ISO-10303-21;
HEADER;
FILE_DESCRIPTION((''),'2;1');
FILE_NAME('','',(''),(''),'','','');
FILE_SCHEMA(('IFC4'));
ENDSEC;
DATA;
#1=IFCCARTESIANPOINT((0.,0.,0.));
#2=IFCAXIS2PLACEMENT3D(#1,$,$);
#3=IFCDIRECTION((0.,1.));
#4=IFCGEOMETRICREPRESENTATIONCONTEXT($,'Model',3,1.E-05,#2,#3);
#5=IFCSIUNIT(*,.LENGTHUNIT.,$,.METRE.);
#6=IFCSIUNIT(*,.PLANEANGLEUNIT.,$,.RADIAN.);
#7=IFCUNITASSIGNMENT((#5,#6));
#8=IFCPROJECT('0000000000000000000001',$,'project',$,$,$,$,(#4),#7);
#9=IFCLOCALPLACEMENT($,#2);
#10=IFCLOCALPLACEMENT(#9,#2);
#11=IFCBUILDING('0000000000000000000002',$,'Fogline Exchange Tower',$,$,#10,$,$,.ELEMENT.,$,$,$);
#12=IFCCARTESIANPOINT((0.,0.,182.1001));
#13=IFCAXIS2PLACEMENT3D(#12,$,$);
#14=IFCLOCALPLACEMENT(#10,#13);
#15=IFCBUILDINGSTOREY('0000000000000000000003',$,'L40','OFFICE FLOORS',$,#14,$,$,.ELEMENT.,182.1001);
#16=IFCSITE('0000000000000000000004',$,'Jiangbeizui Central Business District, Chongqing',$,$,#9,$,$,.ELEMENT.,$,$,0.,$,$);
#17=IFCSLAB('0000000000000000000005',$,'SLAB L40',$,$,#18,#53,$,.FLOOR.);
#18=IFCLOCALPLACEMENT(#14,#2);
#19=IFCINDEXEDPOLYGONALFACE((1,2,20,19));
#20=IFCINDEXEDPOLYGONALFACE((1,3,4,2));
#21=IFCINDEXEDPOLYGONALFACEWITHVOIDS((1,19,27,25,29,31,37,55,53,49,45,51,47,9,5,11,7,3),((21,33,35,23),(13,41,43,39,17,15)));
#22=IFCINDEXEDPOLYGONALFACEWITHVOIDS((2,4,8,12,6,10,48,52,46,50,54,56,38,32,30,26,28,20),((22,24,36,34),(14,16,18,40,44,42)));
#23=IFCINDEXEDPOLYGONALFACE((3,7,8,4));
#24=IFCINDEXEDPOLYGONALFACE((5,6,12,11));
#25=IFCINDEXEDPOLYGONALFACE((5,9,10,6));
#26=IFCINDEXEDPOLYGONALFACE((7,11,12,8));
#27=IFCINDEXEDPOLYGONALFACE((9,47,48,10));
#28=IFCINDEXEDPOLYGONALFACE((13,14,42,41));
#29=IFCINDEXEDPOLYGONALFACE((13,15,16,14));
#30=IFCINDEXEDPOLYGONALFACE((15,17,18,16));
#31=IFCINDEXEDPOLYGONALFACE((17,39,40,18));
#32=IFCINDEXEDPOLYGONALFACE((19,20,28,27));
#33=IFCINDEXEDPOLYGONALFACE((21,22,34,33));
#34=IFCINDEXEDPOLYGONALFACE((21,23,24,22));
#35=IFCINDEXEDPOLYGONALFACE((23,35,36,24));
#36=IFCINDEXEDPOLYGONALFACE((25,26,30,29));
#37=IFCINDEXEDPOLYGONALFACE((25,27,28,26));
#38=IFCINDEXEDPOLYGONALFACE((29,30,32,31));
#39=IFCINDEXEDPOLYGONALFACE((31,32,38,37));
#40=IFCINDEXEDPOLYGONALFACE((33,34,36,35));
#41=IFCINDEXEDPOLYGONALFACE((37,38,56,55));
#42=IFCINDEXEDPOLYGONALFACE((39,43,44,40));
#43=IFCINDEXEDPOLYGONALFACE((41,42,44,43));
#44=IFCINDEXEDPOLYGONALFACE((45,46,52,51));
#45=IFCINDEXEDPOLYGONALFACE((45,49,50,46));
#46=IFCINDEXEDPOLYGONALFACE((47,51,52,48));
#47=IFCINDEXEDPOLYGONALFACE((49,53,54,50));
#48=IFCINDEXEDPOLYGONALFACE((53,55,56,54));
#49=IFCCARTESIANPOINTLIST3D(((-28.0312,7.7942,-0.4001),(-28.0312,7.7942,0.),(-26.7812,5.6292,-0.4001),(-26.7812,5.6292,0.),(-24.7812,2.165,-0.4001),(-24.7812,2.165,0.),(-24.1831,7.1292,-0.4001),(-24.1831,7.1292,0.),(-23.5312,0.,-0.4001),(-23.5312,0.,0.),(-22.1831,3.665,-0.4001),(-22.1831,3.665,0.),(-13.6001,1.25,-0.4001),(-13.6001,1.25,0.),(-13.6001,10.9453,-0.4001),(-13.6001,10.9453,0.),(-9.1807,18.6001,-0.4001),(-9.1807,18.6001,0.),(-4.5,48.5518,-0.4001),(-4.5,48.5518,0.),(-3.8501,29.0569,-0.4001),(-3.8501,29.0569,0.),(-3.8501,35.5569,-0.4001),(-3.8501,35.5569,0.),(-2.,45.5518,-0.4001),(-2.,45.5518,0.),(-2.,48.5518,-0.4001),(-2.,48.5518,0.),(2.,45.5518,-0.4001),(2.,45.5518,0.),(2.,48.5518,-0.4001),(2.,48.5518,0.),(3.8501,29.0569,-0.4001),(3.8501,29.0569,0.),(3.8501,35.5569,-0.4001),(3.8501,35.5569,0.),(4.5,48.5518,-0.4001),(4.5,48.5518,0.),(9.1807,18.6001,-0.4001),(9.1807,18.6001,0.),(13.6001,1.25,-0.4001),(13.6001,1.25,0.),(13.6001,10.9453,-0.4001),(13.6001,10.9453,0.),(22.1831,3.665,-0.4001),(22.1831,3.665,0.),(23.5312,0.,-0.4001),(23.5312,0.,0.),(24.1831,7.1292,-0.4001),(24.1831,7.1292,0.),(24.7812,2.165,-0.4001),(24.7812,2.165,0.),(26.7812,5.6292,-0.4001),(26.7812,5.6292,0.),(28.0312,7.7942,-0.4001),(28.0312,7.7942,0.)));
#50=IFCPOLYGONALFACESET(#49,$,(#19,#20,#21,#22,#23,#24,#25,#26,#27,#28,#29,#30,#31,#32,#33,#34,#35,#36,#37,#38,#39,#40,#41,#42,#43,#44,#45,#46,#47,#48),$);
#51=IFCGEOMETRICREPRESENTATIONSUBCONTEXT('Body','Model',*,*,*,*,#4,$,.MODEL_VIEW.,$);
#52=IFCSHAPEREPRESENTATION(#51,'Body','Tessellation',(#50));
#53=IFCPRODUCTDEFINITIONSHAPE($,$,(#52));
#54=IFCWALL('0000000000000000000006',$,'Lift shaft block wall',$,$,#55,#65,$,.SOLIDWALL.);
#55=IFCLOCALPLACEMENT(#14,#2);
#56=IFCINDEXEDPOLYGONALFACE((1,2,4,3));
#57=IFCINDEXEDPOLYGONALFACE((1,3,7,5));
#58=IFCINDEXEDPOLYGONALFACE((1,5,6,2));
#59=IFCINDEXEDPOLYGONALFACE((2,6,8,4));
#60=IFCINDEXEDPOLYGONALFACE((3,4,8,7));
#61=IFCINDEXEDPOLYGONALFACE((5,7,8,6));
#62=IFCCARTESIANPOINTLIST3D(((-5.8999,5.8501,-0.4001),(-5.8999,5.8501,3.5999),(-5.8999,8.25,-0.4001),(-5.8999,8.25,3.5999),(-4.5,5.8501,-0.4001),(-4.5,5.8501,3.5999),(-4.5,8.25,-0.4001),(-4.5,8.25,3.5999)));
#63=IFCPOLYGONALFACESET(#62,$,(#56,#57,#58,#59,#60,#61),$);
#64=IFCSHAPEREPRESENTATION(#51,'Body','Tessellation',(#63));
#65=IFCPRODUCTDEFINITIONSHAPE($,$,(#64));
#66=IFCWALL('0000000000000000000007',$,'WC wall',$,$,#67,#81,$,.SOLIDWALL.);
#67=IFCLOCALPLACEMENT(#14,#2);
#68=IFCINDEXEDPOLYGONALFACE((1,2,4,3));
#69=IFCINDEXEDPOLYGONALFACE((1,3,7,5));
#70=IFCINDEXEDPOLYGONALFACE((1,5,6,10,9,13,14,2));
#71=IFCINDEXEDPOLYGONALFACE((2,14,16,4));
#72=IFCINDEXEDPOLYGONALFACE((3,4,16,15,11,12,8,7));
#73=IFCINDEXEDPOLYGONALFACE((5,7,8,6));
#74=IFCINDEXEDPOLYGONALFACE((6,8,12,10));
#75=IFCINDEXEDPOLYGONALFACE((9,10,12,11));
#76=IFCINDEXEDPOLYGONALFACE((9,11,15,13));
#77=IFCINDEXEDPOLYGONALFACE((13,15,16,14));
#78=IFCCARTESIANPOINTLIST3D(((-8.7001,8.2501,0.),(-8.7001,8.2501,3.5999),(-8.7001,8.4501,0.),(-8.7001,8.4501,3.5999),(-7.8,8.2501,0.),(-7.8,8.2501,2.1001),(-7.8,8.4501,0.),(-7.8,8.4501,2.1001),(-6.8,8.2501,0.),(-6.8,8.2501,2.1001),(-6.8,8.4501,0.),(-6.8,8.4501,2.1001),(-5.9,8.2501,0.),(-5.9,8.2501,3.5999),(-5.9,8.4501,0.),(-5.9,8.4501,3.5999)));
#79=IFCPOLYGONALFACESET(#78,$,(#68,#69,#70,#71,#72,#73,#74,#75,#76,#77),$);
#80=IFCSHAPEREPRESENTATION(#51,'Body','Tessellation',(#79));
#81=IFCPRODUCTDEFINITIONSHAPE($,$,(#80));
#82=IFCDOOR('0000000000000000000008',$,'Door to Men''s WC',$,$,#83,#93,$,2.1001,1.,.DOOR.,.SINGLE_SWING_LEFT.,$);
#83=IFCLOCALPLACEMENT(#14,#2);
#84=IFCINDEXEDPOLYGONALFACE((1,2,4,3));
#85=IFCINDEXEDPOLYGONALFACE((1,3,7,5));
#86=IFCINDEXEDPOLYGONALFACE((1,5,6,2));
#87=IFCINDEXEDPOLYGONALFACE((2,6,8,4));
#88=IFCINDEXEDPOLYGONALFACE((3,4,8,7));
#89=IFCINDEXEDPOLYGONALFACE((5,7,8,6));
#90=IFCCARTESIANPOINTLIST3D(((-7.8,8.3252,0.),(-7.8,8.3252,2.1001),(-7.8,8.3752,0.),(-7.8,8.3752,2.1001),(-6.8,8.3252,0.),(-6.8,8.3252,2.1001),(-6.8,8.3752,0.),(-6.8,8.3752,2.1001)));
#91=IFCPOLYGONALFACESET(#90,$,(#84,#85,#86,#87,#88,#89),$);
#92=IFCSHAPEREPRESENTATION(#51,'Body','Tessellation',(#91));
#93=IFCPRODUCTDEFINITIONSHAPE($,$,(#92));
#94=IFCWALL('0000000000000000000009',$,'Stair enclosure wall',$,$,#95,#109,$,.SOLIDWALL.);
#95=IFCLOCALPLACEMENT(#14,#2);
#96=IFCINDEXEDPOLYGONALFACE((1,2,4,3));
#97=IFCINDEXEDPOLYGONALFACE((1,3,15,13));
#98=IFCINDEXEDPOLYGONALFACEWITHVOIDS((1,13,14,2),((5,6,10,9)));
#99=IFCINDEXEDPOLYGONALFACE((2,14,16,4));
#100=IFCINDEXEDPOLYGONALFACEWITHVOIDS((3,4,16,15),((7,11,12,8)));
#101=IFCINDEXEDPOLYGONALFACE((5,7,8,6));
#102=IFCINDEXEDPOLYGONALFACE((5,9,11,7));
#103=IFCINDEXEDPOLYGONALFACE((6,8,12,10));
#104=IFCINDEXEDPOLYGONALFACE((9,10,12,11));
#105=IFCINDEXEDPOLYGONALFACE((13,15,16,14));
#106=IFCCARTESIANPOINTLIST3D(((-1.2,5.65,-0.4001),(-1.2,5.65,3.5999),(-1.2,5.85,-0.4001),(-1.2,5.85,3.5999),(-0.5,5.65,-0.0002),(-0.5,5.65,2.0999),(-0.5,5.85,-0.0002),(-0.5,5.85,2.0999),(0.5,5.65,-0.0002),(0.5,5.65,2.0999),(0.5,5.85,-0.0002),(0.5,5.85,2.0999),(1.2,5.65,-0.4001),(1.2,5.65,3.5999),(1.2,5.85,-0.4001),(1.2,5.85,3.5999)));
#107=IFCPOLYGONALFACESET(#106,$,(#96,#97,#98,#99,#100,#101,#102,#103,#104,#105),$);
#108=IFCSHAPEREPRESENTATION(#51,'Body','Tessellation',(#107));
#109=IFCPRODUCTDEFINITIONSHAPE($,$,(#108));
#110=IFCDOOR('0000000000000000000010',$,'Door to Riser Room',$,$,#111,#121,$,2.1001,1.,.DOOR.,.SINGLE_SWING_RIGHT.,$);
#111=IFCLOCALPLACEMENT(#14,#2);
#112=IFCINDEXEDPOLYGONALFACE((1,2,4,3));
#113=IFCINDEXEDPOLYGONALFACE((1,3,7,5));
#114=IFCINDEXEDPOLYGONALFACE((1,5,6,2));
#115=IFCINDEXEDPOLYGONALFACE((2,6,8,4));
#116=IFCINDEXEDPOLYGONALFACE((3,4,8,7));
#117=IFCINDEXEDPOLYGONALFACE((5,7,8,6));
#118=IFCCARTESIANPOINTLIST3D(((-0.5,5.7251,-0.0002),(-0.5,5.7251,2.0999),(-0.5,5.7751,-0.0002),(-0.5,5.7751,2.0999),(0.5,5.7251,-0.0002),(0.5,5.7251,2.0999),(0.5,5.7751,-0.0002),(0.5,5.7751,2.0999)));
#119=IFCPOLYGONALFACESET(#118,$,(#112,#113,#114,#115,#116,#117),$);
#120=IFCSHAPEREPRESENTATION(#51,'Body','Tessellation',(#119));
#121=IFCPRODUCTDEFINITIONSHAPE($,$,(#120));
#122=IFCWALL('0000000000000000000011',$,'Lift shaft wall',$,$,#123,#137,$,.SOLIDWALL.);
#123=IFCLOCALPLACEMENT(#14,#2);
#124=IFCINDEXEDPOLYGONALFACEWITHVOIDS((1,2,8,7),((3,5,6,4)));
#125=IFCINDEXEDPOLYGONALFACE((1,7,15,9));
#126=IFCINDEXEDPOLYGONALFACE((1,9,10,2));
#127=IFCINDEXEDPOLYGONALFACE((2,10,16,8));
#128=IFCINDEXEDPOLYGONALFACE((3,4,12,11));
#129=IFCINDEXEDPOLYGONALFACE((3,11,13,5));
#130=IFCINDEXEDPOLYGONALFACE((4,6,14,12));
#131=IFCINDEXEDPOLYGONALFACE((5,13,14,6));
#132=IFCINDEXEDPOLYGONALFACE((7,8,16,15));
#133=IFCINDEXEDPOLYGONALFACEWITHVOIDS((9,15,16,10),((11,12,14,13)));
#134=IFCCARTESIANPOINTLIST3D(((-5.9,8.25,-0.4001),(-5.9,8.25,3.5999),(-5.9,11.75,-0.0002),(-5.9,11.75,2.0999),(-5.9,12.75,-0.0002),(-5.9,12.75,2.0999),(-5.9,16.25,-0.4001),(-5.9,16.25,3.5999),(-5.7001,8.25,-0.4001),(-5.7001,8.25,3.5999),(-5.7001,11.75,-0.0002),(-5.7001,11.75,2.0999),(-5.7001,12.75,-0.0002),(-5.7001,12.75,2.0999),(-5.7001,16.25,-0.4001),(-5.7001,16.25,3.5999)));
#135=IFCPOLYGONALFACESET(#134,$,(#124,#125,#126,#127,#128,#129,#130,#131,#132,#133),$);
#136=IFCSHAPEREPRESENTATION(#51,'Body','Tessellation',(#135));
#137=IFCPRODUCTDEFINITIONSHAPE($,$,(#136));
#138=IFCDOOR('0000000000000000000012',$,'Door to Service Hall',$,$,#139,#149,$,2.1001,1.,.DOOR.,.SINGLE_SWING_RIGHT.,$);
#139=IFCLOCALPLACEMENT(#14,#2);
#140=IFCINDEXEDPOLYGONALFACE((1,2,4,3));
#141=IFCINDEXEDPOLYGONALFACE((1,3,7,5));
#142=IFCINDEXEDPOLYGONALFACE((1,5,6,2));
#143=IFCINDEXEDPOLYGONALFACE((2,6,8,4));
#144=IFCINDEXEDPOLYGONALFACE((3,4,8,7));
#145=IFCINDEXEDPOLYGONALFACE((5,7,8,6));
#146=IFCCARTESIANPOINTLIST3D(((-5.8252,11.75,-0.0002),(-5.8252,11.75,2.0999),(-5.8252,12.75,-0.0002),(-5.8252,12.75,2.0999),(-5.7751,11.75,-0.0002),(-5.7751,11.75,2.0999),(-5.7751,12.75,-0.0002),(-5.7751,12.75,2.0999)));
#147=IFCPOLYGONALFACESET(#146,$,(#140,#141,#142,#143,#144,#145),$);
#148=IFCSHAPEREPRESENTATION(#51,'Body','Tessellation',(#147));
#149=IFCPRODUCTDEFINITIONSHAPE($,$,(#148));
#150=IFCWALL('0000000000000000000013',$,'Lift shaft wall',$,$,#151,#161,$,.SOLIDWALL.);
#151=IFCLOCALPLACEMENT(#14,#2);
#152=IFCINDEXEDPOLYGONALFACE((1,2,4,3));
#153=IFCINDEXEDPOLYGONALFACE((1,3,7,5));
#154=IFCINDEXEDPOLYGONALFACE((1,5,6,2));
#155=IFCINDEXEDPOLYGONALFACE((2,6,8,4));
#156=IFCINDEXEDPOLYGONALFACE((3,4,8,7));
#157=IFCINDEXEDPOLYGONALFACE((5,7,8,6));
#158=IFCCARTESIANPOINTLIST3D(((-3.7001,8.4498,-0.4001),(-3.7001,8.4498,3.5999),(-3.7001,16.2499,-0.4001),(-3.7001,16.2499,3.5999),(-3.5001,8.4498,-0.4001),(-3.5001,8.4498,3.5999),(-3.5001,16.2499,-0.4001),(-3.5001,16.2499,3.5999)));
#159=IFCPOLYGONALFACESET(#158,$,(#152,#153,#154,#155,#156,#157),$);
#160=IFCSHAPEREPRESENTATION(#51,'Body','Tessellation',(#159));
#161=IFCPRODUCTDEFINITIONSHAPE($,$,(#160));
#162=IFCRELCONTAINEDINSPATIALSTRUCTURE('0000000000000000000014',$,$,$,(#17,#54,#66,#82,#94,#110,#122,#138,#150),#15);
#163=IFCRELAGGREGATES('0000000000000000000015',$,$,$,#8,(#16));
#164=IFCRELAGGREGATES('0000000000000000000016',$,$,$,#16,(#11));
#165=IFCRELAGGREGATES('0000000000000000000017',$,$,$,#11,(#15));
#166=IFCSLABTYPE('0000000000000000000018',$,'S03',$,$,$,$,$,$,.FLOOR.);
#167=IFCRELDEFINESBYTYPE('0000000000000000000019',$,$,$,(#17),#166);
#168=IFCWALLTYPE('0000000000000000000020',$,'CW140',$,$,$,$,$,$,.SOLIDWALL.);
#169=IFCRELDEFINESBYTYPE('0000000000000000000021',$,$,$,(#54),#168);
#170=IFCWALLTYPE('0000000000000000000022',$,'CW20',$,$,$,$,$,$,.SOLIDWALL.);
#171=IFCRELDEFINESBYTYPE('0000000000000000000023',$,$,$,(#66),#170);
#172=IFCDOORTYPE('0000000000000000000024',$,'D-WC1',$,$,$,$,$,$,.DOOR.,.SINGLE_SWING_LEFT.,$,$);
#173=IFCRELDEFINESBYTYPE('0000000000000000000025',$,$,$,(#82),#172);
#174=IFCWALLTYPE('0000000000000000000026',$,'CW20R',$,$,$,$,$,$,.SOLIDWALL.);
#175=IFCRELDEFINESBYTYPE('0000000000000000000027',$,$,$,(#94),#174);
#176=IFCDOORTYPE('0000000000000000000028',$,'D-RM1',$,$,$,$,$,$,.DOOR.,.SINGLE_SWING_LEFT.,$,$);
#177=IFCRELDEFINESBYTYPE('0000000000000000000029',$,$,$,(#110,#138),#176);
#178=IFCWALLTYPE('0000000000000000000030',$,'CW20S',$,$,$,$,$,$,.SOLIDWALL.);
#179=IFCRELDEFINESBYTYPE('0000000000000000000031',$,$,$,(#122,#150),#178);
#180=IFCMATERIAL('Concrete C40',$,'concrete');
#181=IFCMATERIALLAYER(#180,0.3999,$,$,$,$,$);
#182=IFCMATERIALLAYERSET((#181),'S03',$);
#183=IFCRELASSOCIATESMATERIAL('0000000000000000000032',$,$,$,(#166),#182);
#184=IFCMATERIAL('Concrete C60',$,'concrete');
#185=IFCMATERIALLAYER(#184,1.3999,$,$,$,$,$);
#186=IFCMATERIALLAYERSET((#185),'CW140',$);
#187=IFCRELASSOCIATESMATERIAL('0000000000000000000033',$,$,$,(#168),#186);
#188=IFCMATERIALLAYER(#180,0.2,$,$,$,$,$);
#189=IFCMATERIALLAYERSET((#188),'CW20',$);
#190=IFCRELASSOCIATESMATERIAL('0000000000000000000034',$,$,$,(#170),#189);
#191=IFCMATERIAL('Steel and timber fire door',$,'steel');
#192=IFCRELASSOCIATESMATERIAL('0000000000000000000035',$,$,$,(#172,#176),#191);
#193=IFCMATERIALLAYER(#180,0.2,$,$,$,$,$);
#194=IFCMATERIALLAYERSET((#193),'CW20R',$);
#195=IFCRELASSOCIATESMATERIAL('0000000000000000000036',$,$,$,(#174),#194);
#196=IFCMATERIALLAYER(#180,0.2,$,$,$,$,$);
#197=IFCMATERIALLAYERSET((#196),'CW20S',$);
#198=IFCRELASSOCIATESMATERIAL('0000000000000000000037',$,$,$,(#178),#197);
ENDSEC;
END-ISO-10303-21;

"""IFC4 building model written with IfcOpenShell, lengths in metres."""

from ifc_helpers import new_model, si_unit, direction, frame, frame_2d, origin, place, context, subcontext, project, spatial, polyline, rectangle, outline, extrude, material, layer, layer_set, type_object, element, fill, save


model = new_model("IFC4")

# Units and contexts
model_context = context("Model", 3, precision=1e-05, world=origin(), true_north=direction((0.0, 1.0)))
body_context = subcontext(model_context, "Body", "Model", "MODEL_VIEW")
ifc_project = project(units=[si_unit("LENGTHUNIT", "METRE"), si_unit("PLANEANGLEUNIT", "RADIAN")], contexts=[model_context])

# Site, building, storey
site_placement = place(None, origin())
site = spatial("IfcSite", under=ifc_project, at=site_placement, Name="Jiangbeizui Central Business District, Chongqing", CompositionType="ELEMENT", RefElevation=0.0)
building_placement = place(site_placement, origin())
building = spatial("IfcBuilding", under=site, at=building_placement, Name="Fogline Exchange Tower", CompositionType="ELEMENT")
storey_placement = place(building_placement, frame((0.0, 0.0, 182.1001)))
storey = spatial("IfcBuildingStorey", under=building, at=storey_placement, Name="L40", Description="OFFICE FLOORS", CompositionType="ELEMENT", Elevation=182.1001)

# Slab
ifc_material_1 = material(Name="Concrete C40", Category="concrete")
ifc_layer_1 = layer(ifc_material_1, 0.3999)
ifc_layer_set_1 = layer_set([ifc_layer_1], Name="S03")
slab_type = type_object("IfcSlabType", Name="S03", PredefinedType="FLOOR", material=ifc_layer_set_1)
slab_placement = place(storey_placement, frame((0.0, 0.0, -0.4001)))
element("IfcSlab", 1, at=slab_placement, inside=storey, type_object=slab_type, Name="SLAB L40", PredefinedType="FLOOR", context=body_context, shape_type="SweptSolid", body=[
    extrude(outline(polyline([(-2.0, 48.5518), (-4.5, 48.5518), (-28.0312, 7.7942), (-26.7812, 5.6292), (-24.1831, 7.1292), (-22.1831, 3.665), (-24.7812, 2.165), (-23.5312, 0.0), (23.5312, 0.0), (24.7812, 2.165), (22.1831, 3.665), (24.1831, 7.1292), (26.7812, 5.6292), (28.0312, 7.7942), (4.5, 48.5518), (2.0, 48.5518), (2.0, 45.5518), (-2.0, 45.5518), (-2.0, 48.5518)]), holes=[polyline([(13.6001, 10.9453), (13.6001, 1.25), (-13.6001, 1.25), (-13.6001, 10.9453), (-9.1807, 18.6001), (9.1807, 18.6001), (13.6001, 10.9453)]), polyline([(3.8501, 35.5569), (3.8501, 29.0569), (-3.8501, 29.0569), (-3.8501, 35.5569), (3.8501, 35.5569)])]), origin(), (0.0, 0.0, 1.0), 0.4001),
])

# Wall
ifc_material_2 = material(Name="Concrete C60", Category="concrete")
ifc_layer_2 = layer(ifc_material_2, 1.3999)
ifc_layer_set_2 = layer_set([ifc_layer_2], Name="CW140")
wall_type_1 = type_object("IfcWallType", Name="CW140", PredefinedType="SOLIDWALL", material=ifc_layer_set_2)
wall_1_placement = place(storey_placement, frame((-5.2, 5.8501, -0.4001), z_axis=(0.0, 0.0, 1.0), x_axis=(0.0, 1.0, 0.0)))
element("IfcWall", 2, at=wall_1_placement, inside=storey, type_object=wall_type_1, Name="Lift shaft block wall", PredefinedType="SOLIDWALL", context=body_context, shape_type="SweptSolid", body=[
    extrude(rectangle(XDim=2.3999, YDim=1.3999, at=frame_2d((1.2, 0.0))), origin(), (0.0, 0.0, 1.0), 4.0),
])

# Walls, openings, doors
ifc_layer_3 = layer(ifc_material_1, 0.2)
ifc_layer_set_3 = layer_set([ifc_layer_3], Name="CW20")
wall_type_2 = type_object("IfcWallType", Name="CW20", PredefinedType="SOLIDWALL", material=ifc_layer_set_3)
wall_2_placement = place(storey_placement, frame((-8.7, 8.3501, 0.0), z_axis=(0.0, 0.0, 1.0), x_axis=(1.0, 0.0, 0.0)))
wall_2 = element("IfcWall", 3, at=wall_2_placement, inside=storey, type_object=wall_type_2, Name="WC wall", PredefinedType="SOLIDWALL", context=body_context, shape_type="SweptSolid", body=[
    extrude(rectangle(XDim=2.8, YDim=0.2, at=frame_2d((1.3999, 0.0))), origin(), (0.0, 0.0, 1.0), 3.5999),
])
opening_1_placement = place(wall_2_placement, frame((0.8999, 0.0, 0.0)))
opening_1 = element("IfcOpeningElement", 4, at=opening_1_placement, cuts=wall_2, PredefinedType="OPENING", context=body_context, shape_type="SweptSolid", body=[
    extrude(rectangle(XDim=1.0, YDim=2.1001, at=frame_2d((0.5, 1.05))), frame((0.0, 0.1099, 0.0), z_axis=(0.0, -1.0, 0.0), x_axis=(1.0, 0.0, 0.0)), (0.0, 0.0, 1.0), 0.22),
])
ifc_material_3 = material(Name="Steel and timber fire door", Category="steel")
door_type_1 = type_object("IfcDoorType", Name="D-WC1", OperationType="SINGLE_SWING_LEFT", PredefinedType="DOOR", material=ifc_material_3)
door_1_placement = place(opening_1_placement, frame((1.0, 0.0, 0.0), z_axis=(0.0, 0.0, 1.0), x_axis=(-1.0, 0.0, 0.0)))
door_1 = element("IfcDoor", 5, at=door_1_placement, inside=storey, type_object=door_type_1, Name="Door to Men's WC", OperationType="SINGLE_SWING_LEFT", OverallHeight=2.1001, OverallWidth=1.0, PredefinedType="DOOR", context=body_context, shape_type="SweptSolid", body=[
    extrude(rectangle(XDim=1.0, YDim=2.1001, at=frame_2d((0.5, 1.05))), frame((0.0, 0.0249, 0.0), z_axis=(0.0, -1.0, 0.0), x_axis=(1.0, 0.0, 0.0)), (0.0, 0.0, 1.0), 0.05),
])
fill(opening_1, door_1)
ifc_layer_4 = layer(ifc_material_1, 0.2)
ifc_layer_set_4 = layer_set([ifc_layer_4], Name="CW20R")
wall_type_3 = type_object("IfcWallType", Name="CW20R", PredefinedType="SOLIDWALL", material=ifc_layer_set_4)
wall_3_placement = place(storey_placement, frame((-1.2, 5.75, -0.4001), z_axis=(0.0, 0.0, 1.0), x_axis=(1.0, 0.0, 0.0)))
wall_3 = element("IfcWall", 6, at=wall_3_placement, inside=storey, type_object=wall_type_3, Name="Stair enclosure wall", PredefinedType="SOLIDWALL", context=body_context, shape_type="SweptSolid", body=[
    extrude(rectangle(XDim=2.3999, YDim=0.2, at=frame_2d((1.2, 0.0))), origin(), (0.0, 0.0, 1.0), 4.0),
])
opening_2_placement = place(wall_3_placement, frame((0.7, 0.0, 0.3999)))
opening_2 = element("IfcOpeningElement", 7, at=opening_2_placement, cuts=wall_3, PredefinedType="OPENING", context=body_context, shape_type="SweptSolid", body=[
    extrude(rectangle(XDim=1.0, YDim=2.1001, at=frame_2d((0.5, 1.05))), frame((0.0, 0.1099, 0.0), z_axis=(0.0, -1.0, 0.0), x_axis=(1.0, 0.0, 0.0)), (0.0, 0.0, 1.0), 0.22),
])
door_type_2 = type_object("IfcDoorType", Name="D-RM1", OperationType="SINGLE_SWING_LEFT", PredefinedType="DOOR", material=ifc_material_3)
door_2_placement = place(opening_2_placement, frame((1.0, 0.0, 0.0), z_axis=(0.0, 0.0, 1.0), x_axis=(-1.0, 0.0, 0.0)))
door_2 = element("IfcDoor", 8, at=door_2_placement, inside=storey, type_object=door_type_2, Name="Door to Riser Room", OperationType="SINGLE_SWING_RIGHT", OverallHeight=2.1001, OverallWidth=1.0, PredefinedType="DOOR", context=body_context, shape_type="SweptSolid", body=[
    extrude(rectangle(XDim=1.0, YDim=2.1001, at=frame_2d((0.5, 1.05))), frame((0.0, 0.0249, 0.0), z_axis=(0.0, -1.0, 0.0), x_axis=(1.0, 0.0, 0.0)), (0.0, 0.0, 1.0), 0.05),
])
fill(opening_2, door_2)
ifc_layer_5 = layer(ifc_material_1, 0.2)
ifc_layer_set_5 = layer_set([ifc_layer_5], Name="CW20S")
wall_type_4 = type_object("IfcWallType", Name="CW20S", PredefinedType="SOLIDWALL", material=ifc_layer_set_5)
wall_4_placement = place(storey_placement, frame((-5.8, 8.25, -0.4001), z_axis=(0.0, 0.0, 1.0), x_axis=(0.0, 1.0, 0.0)))
wall_4 = element("IfcWall", 9, at=wall_4_placement, inside=storey, type_object=wall_type_4, Name="Lift shaft wall", PredefinedType="SOLIDWALL", context=body_context, shape_type="SweptSolid", body=[
    extrude(rectangle(XDim=8.0, YDim=0.2, at=frame_2d((4.0, 0.0))), origin(), (0.0, 0.0, 1.0), 4.0),
])
opening_3_placement = place(wall_4_placement, frame((3.5, 0.0, 0.3999)))
opening_3 = element("IfcOpeningElement", 10, at=opening_3_placement, cuts=wall_4, PredefinedType="OPENING", context=body_context, shape_type="SweptSolid", body=[
    extrude(rectangle(XDim=1.0, YDim=2.1001, at=frame_2d((0.5, 1.05))), frame((0.0, 0.1099, 0.0), z_axis=(0.0, -1.0, 0.0), x_axis=(1.0, 0.0, 0.0)), (0.0, 0.0, 1.0), 0.22),
])
door_3_placement = place(opening_3_placement, frame((1.0, 0.0, 0.0), z_axis=(0.0, 0.0, 1.0), x_axis=(-1.0, 0.0, 0.0)))
door_3 = element("IfcDoor", 11, at=door_3_placement, inside=storey, type_object=door_type_2, Name="Door to Service Hall", OperationType="SINGLE_SWING_RIGHT", OverallHeight=2.1001, OverallWidth=1.0, PredefinedType="DOOR", context=body_context, shape_type="SweptSolid", body=[
    extrude(rectangle(XDim=1.0, YDim=2.1001, at=frame_2d((0.5, 1.05))), frame((0.0, 0.0249, 0.0), z_axis=(0.0, -1.0, 0.0), x_axis=(1.0, 0.0, 0.0)), (0.0, 0.0, 1.0), 0.05),
])
fill(opening_3, door_3)

# Wall
wall_5_placement = place(storey_placement, frame((-3.6001, 8.45, -0.4001), z_axis=(0.0, 0.0, 1.0), x_axis=(0.0, 1.0, 0.0)))
element("IfcWall", 12, at=wall_5_placement, inside=storey, type_object=wall_type_4, Name="Lift shaft wall", PredefinedType="SOLIDWALL", context=body_context, shape_type="SweptSolid", body=[
    extrude(rectangle(XDim=7.8, YDim=0.2, at=frame_2d((3.8999, 0.0))), origin(), (0.0, 0.0, 1.0), 4.0),
])

save(model, "model.ifc")
